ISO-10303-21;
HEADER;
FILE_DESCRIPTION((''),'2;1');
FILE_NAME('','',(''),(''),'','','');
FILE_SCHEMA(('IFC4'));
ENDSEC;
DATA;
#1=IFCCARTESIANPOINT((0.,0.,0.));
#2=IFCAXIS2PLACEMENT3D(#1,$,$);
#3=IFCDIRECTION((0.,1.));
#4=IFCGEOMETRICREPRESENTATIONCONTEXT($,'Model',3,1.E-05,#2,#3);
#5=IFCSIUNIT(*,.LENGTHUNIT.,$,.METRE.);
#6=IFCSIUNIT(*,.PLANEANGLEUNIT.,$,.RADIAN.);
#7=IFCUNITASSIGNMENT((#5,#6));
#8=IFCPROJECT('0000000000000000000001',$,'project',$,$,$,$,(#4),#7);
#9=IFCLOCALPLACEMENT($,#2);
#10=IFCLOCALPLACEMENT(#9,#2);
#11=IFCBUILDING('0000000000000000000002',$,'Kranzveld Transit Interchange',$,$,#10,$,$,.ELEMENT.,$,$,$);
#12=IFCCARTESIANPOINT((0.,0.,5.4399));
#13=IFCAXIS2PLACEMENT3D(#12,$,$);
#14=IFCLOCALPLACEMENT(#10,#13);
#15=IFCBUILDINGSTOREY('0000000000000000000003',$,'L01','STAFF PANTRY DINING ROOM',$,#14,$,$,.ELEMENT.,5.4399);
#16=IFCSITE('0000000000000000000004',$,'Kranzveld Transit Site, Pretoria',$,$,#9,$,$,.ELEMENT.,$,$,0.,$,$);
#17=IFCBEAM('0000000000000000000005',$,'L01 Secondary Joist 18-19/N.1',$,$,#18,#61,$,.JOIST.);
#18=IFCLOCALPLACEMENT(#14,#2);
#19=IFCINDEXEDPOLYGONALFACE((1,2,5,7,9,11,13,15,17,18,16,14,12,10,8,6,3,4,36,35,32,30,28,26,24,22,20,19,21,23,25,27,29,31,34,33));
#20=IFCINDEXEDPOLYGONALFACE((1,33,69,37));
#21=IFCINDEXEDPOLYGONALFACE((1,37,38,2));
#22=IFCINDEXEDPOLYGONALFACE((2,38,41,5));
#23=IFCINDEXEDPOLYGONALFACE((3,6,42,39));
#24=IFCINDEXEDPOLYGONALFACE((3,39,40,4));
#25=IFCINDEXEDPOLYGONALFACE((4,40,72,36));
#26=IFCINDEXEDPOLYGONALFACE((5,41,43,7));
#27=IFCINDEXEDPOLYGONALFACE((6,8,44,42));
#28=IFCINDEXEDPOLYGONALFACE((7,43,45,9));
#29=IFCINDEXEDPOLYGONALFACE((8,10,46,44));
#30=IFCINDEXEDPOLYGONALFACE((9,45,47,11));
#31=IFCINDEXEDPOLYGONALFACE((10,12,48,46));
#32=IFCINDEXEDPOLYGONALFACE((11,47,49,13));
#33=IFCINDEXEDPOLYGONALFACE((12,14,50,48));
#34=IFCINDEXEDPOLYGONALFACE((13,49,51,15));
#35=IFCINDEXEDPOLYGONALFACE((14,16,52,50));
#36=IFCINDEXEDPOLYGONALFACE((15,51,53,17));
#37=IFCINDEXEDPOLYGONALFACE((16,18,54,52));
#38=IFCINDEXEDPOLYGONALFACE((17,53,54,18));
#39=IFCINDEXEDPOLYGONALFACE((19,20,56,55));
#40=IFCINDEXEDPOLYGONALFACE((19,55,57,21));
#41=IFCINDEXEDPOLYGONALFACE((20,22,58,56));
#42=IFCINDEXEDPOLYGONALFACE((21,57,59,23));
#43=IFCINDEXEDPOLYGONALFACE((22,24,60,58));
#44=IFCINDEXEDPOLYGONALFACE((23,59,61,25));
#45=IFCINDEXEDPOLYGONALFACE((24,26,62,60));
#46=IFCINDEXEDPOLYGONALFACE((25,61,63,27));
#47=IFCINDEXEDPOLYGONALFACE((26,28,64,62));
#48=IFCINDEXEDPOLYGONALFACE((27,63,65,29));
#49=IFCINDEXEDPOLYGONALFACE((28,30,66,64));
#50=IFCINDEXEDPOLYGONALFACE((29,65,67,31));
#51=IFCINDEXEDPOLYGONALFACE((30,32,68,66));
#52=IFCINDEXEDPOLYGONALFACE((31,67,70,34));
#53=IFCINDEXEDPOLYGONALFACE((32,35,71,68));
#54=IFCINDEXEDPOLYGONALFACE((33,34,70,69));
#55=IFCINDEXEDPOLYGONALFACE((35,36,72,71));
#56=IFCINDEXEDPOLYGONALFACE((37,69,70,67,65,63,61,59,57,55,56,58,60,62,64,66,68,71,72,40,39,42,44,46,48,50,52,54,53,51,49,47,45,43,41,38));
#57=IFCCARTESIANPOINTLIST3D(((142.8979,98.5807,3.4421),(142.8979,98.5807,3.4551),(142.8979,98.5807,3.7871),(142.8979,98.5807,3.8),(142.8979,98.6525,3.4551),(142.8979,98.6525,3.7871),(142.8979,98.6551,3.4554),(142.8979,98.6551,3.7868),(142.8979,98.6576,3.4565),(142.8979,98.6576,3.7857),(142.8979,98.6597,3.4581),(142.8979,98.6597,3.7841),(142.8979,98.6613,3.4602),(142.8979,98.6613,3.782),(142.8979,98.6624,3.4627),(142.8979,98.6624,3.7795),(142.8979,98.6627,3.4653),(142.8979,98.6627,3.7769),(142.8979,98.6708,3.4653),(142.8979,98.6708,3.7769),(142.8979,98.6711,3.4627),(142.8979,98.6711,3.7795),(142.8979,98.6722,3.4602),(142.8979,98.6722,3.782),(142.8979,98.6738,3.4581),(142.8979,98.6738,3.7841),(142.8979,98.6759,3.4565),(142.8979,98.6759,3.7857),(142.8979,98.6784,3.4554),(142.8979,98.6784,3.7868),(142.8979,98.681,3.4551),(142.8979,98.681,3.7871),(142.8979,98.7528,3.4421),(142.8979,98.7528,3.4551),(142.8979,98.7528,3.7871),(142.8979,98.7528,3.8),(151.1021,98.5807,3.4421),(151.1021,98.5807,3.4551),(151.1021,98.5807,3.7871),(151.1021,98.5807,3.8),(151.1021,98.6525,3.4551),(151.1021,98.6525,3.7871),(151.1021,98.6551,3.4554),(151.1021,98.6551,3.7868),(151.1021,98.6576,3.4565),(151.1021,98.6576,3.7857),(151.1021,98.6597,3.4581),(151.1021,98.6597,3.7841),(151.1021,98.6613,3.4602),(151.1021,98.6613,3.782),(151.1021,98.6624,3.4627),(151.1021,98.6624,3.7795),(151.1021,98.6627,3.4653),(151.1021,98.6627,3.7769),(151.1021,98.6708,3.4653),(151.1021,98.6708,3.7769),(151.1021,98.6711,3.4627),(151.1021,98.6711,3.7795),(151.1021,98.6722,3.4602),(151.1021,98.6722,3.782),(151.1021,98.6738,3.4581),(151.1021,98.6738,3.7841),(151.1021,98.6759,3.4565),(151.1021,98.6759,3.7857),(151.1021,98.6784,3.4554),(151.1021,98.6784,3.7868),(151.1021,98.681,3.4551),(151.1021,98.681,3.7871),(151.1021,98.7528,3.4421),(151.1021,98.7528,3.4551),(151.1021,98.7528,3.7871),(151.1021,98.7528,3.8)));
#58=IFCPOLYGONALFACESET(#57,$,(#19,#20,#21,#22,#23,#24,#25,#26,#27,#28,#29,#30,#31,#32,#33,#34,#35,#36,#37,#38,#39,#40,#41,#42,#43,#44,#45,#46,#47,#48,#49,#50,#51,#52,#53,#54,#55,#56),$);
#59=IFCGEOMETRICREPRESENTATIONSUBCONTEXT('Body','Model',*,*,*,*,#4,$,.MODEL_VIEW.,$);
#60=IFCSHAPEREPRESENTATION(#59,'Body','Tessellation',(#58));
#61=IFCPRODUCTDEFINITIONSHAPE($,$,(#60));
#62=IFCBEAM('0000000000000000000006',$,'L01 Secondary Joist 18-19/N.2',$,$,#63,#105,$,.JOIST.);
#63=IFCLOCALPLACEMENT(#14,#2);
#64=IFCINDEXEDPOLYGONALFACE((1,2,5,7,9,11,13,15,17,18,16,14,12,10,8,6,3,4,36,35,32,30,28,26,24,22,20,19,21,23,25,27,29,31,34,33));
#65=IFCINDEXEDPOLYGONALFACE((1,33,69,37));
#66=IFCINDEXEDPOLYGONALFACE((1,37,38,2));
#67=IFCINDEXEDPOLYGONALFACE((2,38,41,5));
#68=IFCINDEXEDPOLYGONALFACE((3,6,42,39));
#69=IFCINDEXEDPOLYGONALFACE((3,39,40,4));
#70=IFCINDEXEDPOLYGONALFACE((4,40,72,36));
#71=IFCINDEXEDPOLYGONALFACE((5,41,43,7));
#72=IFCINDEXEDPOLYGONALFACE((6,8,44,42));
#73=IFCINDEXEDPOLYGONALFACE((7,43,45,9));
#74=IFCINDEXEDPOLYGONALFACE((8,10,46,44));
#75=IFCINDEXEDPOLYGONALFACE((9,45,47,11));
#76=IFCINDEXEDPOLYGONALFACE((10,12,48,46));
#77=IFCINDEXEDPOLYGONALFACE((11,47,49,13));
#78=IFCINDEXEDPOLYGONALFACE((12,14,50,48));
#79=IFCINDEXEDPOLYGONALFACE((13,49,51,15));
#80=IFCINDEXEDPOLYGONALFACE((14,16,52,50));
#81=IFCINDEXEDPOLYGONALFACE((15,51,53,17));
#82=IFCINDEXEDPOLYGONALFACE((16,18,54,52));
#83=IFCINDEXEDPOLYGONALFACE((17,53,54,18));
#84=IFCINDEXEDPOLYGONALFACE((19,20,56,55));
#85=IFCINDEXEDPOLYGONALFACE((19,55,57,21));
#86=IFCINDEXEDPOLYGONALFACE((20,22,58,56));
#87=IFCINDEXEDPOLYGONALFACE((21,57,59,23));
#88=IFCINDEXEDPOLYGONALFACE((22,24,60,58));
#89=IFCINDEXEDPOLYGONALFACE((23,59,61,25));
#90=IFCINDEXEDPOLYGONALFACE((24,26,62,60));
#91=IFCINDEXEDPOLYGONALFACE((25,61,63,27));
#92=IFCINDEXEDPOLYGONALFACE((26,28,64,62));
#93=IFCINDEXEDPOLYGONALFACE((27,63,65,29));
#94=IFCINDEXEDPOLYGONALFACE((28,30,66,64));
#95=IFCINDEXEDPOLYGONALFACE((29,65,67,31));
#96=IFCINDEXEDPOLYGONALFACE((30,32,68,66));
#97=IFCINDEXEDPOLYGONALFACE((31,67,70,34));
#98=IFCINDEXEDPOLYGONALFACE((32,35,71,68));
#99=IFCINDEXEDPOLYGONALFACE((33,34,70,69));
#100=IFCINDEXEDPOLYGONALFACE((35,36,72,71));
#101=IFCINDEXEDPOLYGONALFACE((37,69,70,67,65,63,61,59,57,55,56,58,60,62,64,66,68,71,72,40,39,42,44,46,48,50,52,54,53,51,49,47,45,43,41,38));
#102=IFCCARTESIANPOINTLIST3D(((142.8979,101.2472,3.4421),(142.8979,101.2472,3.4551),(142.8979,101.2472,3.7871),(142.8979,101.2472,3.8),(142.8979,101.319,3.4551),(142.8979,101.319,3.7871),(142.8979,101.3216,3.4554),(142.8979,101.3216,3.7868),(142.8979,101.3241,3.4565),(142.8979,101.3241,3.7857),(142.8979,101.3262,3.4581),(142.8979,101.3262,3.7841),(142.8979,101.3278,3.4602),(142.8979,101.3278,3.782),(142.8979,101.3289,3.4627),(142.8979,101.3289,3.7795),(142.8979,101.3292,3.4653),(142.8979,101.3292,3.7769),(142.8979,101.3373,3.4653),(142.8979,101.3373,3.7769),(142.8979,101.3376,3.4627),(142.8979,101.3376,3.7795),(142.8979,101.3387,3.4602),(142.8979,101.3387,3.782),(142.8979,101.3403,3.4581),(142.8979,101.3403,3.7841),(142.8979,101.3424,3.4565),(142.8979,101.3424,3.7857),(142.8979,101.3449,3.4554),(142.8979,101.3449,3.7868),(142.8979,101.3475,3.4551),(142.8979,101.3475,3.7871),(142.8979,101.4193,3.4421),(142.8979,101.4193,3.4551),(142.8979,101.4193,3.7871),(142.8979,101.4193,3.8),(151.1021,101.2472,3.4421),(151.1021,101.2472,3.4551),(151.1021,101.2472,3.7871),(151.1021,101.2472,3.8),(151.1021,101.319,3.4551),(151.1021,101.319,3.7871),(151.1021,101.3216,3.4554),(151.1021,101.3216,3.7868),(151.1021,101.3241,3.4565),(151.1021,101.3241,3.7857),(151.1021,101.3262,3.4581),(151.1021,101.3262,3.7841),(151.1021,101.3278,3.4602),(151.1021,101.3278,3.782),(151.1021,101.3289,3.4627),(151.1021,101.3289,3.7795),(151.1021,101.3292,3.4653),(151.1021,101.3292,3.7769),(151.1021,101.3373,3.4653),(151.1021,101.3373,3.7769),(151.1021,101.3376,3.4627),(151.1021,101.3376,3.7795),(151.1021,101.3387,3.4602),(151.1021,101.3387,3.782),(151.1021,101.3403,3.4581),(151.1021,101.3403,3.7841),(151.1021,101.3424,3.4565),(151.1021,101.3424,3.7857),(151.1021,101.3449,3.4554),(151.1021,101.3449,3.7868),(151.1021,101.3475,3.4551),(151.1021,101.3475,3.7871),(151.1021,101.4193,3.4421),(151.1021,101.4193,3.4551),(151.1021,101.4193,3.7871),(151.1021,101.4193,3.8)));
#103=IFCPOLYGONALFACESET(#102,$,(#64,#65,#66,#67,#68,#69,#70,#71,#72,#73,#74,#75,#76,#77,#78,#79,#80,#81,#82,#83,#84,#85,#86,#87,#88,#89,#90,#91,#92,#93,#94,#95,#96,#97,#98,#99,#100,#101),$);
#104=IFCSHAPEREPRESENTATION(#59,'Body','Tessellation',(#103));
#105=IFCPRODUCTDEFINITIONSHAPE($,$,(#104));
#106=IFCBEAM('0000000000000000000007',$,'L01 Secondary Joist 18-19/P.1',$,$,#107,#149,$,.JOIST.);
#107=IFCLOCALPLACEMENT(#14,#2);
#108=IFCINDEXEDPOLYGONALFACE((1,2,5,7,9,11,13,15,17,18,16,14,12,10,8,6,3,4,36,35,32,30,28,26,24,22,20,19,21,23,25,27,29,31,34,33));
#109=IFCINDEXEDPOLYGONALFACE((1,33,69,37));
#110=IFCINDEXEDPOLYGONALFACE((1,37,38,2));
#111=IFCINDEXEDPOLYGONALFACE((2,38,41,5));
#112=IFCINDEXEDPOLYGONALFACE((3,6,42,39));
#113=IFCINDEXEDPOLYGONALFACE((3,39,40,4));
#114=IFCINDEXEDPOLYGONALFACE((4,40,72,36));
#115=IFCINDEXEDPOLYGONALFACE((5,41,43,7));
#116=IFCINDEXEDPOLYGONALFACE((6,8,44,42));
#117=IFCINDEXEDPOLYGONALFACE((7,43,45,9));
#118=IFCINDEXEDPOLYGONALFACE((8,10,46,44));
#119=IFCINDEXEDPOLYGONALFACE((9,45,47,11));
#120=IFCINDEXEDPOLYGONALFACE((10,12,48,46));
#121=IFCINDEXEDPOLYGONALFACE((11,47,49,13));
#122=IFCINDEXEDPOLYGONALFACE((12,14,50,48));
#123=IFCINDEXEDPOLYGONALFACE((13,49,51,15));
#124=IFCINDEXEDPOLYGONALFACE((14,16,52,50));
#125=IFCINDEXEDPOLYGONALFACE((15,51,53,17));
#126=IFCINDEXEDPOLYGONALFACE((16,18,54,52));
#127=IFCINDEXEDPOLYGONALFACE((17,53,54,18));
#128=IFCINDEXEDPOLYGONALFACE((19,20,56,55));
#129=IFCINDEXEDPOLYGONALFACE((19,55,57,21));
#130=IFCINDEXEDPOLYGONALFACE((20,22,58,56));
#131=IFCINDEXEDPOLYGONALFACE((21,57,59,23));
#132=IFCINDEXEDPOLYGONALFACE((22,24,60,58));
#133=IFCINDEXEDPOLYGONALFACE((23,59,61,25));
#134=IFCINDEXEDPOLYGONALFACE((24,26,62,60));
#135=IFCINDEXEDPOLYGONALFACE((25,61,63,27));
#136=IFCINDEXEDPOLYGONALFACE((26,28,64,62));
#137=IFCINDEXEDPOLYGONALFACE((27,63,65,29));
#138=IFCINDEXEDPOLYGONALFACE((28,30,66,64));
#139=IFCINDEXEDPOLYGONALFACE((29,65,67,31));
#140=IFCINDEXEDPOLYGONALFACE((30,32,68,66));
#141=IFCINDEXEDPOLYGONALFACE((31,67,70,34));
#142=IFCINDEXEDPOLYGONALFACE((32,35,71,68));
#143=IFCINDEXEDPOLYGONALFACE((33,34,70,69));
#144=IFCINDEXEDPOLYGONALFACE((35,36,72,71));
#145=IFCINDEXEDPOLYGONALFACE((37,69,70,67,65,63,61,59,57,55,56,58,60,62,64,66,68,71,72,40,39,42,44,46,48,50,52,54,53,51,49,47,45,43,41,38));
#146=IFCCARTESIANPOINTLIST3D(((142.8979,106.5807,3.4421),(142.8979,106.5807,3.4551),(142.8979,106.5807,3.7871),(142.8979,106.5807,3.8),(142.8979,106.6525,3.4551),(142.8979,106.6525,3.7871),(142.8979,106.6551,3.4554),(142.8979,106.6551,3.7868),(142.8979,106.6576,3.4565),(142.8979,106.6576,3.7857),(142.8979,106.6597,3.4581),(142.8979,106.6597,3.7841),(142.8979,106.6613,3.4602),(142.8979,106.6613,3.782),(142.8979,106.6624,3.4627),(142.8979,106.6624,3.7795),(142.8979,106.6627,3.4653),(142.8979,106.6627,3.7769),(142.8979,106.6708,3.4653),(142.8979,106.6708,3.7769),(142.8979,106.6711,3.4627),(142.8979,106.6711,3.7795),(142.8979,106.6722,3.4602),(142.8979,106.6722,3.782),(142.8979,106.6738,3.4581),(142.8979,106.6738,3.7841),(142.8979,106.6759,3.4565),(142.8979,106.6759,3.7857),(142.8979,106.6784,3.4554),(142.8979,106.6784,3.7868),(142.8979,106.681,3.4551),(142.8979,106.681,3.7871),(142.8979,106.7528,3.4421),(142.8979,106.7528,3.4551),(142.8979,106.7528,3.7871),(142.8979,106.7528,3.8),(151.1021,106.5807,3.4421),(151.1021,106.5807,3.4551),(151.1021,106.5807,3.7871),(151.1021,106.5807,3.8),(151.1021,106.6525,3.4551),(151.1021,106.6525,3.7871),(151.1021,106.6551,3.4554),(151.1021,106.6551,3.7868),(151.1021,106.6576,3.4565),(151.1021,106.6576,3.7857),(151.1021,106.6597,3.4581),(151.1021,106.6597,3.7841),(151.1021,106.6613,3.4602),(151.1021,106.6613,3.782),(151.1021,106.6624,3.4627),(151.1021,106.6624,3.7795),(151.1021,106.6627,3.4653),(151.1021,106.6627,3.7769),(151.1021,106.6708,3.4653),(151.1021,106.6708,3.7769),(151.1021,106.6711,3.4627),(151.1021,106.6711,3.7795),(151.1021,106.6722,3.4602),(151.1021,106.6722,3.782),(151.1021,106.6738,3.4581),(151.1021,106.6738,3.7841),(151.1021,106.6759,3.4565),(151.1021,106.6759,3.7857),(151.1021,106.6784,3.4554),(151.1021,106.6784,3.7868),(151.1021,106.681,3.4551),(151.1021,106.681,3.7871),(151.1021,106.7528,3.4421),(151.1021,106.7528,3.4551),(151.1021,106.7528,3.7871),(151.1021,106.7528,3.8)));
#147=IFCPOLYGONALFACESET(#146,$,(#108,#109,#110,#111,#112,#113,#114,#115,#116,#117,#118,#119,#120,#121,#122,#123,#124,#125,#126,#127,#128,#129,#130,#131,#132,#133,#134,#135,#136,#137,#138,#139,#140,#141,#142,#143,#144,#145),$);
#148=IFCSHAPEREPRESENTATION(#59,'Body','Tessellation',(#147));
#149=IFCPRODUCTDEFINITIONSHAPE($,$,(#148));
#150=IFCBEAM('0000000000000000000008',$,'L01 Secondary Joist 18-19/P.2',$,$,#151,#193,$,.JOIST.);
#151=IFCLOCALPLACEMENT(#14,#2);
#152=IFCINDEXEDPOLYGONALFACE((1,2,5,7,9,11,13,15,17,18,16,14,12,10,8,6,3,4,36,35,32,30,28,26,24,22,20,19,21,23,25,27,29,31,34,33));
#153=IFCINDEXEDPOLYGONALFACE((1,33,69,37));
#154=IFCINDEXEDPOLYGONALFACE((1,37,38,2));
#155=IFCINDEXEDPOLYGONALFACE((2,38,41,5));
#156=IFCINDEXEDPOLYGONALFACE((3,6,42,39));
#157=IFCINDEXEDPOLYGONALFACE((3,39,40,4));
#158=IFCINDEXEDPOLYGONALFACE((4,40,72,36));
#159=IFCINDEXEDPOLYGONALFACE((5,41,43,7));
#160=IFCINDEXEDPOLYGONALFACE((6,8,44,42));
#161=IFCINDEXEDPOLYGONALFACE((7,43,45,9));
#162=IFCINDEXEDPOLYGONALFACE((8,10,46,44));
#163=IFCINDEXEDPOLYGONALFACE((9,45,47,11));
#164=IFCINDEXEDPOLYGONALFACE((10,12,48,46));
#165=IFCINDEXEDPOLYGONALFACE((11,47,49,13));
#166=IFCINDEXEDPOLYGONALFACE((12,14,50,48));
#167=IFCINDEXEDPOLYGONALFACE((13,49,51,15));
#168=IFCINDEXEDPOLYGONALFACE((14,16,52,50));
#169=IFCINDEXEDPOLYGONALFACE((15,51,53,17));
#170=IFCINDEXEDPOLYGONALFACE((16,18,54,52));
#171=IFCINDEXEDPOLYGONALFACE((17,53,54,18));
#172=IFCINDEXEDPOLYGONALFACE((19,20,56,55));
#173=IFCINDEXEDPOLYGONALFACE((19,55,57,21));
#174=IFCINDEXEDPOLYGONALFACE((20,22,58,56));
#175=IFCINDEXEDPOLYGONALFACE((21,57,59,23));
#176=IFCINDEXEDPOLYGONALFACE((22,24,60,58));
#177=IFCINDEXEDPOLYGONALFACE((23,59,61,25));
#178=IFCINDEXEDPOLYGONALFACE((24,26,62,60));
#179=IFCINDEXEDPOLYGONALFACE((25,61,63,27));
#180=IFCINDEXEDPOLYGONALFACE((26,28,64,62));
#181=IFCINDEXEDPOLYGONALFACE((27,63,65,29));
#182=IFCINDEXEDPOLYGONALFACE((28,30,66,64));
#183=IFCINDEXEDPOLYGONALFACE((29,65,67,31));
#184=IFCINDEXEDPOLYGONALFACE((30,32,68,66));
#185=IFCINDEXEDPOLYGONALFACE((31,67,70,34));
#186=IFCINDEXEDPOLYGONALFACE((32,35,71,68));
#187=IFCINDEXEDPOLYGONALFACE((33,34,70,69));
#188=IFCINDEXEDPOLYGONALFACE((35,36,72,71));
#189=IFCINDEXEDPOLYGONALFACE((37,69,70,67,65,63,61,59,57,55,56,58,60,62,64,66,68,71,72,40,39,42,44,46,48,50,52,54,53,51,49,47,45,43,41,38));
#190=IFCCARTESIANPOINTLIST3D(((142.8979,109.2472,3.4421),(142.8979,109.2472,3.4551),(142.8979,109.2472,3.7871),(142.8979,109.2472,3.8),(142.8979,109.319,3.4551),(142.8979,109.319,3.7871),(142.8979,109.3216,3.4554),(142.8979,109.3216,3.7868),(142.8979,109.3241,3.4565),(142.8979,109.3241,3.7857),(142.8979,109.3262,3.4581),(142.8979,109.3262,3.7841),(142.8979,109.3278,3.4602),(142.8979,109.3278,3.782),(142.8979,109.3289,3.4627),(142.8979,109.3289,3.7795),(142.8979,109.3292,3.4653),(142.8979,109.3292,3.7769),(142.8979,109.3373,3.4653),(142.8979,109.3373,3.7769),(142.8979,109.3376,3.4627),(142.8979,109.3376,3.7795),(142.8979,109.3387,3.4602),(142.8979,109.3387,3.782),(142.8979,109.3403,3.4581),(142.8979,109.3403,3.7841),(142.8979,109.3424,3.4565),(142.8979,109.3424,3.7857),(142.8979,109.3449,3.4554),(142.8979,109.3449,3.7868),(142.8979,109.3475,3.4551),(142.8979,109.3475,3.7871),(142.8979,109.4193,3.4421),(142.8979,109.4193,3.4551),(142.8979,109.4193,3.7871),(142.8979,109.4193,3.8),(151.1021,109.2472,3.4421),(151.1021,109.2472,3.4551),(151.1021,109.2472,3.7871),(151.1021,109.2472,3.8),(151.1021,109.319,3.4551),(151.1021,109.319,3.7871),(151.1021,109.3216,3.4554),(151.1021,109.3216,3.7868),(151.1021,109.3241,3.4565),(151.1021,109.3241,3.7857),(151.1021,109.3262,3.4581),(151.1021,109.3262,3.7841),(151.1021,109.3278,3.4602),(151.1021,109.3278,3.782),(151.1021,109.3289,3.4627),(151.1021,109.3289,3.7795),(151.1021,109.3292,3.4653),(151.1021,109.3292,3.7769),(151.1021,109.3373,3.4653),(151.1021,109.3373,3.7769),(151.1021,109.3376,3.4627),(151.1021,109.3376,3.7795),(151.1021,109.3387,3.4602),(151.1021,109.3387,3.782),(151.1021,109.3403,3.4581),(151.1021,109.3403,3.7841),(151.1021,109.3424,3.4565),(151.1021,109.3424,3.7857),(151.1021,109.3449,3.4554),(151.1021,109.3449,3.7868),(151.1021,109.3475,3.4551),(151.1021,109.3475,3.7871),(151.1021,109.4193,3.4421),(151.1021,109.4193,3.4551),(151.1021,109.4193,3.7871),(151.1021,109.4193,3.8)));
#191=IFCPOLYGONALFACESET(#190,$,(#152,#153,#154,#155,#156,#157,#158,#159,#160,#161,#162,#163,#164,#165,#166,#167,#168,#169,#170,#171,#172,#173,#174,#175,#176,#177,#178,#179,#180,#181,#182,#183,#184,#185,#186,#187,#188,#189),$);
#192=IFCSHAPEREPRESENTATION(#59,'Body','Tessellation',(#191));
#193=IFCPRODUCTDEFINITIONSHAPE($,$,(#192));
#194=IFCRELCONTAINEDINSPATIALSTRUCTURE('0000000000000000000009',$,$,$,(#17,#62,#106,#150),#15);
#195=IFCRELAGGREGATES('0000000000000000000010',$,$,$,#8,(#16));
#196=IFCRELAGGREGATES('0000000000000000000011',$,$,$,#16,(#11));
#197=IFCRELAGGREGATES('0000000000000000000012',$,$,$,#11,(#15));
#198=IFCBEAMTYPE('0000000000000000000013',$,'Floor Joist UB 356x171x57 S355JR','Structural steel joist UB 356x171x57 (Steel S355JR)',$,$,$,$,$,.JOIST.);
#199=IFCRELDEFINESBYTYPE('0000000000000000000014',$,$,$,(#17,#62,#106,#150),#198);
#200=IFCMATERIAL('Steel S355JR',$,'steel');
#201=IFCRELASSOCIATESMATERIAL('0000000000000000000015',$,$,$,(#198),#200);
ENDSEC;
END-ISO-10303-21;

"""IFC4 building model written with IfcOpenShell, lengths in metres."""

from ifc_helpers import new_model, si_unit, direction, frame, origin, origin_2d, place, context, subcontext, project, spatial, i_section, extrude, material, material_profile, profile_set, type_object, element, save


model = new_model("IFC4")

# Units and contexts
model_context = context("Model", 3, precision=1e-05, world=origin(), true_north=direction((0.0, 1.0)))
body_context = subcontext(model_context, "Body", "Model", "MODEL_VIEW")
ifc_project = project(units=[si_unit("LENGTHUNIT", "METRE"), si_unit("PLANEANGLEUNIT", "RADIAN")], contexts=[model_context])

# Site, building, storey
site_placement = place(None, origin())
site = spatial("IfcSite", under=ifc_project, at=site_placement, Name="Kranzveld Transit Site, Pretoria", CompositionType="ELEMENT", RefElevation=0.0)
building_placement = place(site_placement, origin())
building = spatial("IfcBuilding", under=site, at=building_placement, Name="Kranzveld Transit Interchange", CompositionType="ELEMENT")
storey_placement = place(building_placement, frame((0.0, 0.0, 5.4399)))
storey = spatial("IfcBuildingStorey", under=building, at=storey_placement, Name="L01", Description="STAFF PANTRY DINING ROOM", CompositionType="ELEMENT", Elevation=5.4399)

# Beams
ifc_material_1 = material(Name="Steel S355JR", Category="steel")
ifc_material_profile_1 = material_profile(ifc_material_1, i_section(OverallWidth=0.1721, OverallDepth=0.3579, WebThickness=0.0081, FlangeThickness=0.0129, FilletRadius=0.0103, at=origin_2d()), Name="UB 356x171x57")
ifc_profile_set_1 = profile_set([ifc_material_profile_1], Name="Steel S355JR")
beam_type_1 = type_object("IfcBeamType", Name="Floor Joist UB 356x171x57 S355JR", Description="Structural steel joist UB 356x171x57 (Steel S355JR)", PredefinedType="JOIST", material=ifc_profile_set_1)
for number, where, z_axis, x_axis, name in (
    (1, (142.8979, 98.6667, 3.6211), (1.0, 0.0, 0.0), (0.0, 1.0, 0.0), "L01 Secondary Joist 18-19/N.1"),
    (2, (142.8979, 101.3333, 3.6211), (1.0, 0.0, 0.0), (0.0, 1.0, 0.0), "L01 Secondary Joist 18-19/N.2"),
    (3, (142.8979, 106.6667, 3.6211), (1.0, 0.0, 0.0), (0.0, 1.0, 0.0), "L01 Secondary Joist 18-19/P.1"),
    (4, (142.8979, 109.3333, 3.6211), (1.0, 0.0, 0.0), (0.0, 1.0, 0.0), "L01 Secondary Joist 18-19/P.2"),
):
    element("IfcBeam", number, at=place(storey_placement, frame(where, z_axis=z_axis, x_axis=x_axis)), inside=storey, type_object=beam_type_1, Name=name, PredefinedType="JOIST", context=body_context, shape_type="SweptSolid", body=[
        extrude(i_section(OverallWidth=0.1721, OverallDepth=0.3579, WebThickness=0.0081, FlangeThickness=0.0129, FilletRadius=0.0103, at=origin_2d()), origin(), (0.0, 0.0, 1.0), 8.2041),
    ])

save(model, "model.ifc")
